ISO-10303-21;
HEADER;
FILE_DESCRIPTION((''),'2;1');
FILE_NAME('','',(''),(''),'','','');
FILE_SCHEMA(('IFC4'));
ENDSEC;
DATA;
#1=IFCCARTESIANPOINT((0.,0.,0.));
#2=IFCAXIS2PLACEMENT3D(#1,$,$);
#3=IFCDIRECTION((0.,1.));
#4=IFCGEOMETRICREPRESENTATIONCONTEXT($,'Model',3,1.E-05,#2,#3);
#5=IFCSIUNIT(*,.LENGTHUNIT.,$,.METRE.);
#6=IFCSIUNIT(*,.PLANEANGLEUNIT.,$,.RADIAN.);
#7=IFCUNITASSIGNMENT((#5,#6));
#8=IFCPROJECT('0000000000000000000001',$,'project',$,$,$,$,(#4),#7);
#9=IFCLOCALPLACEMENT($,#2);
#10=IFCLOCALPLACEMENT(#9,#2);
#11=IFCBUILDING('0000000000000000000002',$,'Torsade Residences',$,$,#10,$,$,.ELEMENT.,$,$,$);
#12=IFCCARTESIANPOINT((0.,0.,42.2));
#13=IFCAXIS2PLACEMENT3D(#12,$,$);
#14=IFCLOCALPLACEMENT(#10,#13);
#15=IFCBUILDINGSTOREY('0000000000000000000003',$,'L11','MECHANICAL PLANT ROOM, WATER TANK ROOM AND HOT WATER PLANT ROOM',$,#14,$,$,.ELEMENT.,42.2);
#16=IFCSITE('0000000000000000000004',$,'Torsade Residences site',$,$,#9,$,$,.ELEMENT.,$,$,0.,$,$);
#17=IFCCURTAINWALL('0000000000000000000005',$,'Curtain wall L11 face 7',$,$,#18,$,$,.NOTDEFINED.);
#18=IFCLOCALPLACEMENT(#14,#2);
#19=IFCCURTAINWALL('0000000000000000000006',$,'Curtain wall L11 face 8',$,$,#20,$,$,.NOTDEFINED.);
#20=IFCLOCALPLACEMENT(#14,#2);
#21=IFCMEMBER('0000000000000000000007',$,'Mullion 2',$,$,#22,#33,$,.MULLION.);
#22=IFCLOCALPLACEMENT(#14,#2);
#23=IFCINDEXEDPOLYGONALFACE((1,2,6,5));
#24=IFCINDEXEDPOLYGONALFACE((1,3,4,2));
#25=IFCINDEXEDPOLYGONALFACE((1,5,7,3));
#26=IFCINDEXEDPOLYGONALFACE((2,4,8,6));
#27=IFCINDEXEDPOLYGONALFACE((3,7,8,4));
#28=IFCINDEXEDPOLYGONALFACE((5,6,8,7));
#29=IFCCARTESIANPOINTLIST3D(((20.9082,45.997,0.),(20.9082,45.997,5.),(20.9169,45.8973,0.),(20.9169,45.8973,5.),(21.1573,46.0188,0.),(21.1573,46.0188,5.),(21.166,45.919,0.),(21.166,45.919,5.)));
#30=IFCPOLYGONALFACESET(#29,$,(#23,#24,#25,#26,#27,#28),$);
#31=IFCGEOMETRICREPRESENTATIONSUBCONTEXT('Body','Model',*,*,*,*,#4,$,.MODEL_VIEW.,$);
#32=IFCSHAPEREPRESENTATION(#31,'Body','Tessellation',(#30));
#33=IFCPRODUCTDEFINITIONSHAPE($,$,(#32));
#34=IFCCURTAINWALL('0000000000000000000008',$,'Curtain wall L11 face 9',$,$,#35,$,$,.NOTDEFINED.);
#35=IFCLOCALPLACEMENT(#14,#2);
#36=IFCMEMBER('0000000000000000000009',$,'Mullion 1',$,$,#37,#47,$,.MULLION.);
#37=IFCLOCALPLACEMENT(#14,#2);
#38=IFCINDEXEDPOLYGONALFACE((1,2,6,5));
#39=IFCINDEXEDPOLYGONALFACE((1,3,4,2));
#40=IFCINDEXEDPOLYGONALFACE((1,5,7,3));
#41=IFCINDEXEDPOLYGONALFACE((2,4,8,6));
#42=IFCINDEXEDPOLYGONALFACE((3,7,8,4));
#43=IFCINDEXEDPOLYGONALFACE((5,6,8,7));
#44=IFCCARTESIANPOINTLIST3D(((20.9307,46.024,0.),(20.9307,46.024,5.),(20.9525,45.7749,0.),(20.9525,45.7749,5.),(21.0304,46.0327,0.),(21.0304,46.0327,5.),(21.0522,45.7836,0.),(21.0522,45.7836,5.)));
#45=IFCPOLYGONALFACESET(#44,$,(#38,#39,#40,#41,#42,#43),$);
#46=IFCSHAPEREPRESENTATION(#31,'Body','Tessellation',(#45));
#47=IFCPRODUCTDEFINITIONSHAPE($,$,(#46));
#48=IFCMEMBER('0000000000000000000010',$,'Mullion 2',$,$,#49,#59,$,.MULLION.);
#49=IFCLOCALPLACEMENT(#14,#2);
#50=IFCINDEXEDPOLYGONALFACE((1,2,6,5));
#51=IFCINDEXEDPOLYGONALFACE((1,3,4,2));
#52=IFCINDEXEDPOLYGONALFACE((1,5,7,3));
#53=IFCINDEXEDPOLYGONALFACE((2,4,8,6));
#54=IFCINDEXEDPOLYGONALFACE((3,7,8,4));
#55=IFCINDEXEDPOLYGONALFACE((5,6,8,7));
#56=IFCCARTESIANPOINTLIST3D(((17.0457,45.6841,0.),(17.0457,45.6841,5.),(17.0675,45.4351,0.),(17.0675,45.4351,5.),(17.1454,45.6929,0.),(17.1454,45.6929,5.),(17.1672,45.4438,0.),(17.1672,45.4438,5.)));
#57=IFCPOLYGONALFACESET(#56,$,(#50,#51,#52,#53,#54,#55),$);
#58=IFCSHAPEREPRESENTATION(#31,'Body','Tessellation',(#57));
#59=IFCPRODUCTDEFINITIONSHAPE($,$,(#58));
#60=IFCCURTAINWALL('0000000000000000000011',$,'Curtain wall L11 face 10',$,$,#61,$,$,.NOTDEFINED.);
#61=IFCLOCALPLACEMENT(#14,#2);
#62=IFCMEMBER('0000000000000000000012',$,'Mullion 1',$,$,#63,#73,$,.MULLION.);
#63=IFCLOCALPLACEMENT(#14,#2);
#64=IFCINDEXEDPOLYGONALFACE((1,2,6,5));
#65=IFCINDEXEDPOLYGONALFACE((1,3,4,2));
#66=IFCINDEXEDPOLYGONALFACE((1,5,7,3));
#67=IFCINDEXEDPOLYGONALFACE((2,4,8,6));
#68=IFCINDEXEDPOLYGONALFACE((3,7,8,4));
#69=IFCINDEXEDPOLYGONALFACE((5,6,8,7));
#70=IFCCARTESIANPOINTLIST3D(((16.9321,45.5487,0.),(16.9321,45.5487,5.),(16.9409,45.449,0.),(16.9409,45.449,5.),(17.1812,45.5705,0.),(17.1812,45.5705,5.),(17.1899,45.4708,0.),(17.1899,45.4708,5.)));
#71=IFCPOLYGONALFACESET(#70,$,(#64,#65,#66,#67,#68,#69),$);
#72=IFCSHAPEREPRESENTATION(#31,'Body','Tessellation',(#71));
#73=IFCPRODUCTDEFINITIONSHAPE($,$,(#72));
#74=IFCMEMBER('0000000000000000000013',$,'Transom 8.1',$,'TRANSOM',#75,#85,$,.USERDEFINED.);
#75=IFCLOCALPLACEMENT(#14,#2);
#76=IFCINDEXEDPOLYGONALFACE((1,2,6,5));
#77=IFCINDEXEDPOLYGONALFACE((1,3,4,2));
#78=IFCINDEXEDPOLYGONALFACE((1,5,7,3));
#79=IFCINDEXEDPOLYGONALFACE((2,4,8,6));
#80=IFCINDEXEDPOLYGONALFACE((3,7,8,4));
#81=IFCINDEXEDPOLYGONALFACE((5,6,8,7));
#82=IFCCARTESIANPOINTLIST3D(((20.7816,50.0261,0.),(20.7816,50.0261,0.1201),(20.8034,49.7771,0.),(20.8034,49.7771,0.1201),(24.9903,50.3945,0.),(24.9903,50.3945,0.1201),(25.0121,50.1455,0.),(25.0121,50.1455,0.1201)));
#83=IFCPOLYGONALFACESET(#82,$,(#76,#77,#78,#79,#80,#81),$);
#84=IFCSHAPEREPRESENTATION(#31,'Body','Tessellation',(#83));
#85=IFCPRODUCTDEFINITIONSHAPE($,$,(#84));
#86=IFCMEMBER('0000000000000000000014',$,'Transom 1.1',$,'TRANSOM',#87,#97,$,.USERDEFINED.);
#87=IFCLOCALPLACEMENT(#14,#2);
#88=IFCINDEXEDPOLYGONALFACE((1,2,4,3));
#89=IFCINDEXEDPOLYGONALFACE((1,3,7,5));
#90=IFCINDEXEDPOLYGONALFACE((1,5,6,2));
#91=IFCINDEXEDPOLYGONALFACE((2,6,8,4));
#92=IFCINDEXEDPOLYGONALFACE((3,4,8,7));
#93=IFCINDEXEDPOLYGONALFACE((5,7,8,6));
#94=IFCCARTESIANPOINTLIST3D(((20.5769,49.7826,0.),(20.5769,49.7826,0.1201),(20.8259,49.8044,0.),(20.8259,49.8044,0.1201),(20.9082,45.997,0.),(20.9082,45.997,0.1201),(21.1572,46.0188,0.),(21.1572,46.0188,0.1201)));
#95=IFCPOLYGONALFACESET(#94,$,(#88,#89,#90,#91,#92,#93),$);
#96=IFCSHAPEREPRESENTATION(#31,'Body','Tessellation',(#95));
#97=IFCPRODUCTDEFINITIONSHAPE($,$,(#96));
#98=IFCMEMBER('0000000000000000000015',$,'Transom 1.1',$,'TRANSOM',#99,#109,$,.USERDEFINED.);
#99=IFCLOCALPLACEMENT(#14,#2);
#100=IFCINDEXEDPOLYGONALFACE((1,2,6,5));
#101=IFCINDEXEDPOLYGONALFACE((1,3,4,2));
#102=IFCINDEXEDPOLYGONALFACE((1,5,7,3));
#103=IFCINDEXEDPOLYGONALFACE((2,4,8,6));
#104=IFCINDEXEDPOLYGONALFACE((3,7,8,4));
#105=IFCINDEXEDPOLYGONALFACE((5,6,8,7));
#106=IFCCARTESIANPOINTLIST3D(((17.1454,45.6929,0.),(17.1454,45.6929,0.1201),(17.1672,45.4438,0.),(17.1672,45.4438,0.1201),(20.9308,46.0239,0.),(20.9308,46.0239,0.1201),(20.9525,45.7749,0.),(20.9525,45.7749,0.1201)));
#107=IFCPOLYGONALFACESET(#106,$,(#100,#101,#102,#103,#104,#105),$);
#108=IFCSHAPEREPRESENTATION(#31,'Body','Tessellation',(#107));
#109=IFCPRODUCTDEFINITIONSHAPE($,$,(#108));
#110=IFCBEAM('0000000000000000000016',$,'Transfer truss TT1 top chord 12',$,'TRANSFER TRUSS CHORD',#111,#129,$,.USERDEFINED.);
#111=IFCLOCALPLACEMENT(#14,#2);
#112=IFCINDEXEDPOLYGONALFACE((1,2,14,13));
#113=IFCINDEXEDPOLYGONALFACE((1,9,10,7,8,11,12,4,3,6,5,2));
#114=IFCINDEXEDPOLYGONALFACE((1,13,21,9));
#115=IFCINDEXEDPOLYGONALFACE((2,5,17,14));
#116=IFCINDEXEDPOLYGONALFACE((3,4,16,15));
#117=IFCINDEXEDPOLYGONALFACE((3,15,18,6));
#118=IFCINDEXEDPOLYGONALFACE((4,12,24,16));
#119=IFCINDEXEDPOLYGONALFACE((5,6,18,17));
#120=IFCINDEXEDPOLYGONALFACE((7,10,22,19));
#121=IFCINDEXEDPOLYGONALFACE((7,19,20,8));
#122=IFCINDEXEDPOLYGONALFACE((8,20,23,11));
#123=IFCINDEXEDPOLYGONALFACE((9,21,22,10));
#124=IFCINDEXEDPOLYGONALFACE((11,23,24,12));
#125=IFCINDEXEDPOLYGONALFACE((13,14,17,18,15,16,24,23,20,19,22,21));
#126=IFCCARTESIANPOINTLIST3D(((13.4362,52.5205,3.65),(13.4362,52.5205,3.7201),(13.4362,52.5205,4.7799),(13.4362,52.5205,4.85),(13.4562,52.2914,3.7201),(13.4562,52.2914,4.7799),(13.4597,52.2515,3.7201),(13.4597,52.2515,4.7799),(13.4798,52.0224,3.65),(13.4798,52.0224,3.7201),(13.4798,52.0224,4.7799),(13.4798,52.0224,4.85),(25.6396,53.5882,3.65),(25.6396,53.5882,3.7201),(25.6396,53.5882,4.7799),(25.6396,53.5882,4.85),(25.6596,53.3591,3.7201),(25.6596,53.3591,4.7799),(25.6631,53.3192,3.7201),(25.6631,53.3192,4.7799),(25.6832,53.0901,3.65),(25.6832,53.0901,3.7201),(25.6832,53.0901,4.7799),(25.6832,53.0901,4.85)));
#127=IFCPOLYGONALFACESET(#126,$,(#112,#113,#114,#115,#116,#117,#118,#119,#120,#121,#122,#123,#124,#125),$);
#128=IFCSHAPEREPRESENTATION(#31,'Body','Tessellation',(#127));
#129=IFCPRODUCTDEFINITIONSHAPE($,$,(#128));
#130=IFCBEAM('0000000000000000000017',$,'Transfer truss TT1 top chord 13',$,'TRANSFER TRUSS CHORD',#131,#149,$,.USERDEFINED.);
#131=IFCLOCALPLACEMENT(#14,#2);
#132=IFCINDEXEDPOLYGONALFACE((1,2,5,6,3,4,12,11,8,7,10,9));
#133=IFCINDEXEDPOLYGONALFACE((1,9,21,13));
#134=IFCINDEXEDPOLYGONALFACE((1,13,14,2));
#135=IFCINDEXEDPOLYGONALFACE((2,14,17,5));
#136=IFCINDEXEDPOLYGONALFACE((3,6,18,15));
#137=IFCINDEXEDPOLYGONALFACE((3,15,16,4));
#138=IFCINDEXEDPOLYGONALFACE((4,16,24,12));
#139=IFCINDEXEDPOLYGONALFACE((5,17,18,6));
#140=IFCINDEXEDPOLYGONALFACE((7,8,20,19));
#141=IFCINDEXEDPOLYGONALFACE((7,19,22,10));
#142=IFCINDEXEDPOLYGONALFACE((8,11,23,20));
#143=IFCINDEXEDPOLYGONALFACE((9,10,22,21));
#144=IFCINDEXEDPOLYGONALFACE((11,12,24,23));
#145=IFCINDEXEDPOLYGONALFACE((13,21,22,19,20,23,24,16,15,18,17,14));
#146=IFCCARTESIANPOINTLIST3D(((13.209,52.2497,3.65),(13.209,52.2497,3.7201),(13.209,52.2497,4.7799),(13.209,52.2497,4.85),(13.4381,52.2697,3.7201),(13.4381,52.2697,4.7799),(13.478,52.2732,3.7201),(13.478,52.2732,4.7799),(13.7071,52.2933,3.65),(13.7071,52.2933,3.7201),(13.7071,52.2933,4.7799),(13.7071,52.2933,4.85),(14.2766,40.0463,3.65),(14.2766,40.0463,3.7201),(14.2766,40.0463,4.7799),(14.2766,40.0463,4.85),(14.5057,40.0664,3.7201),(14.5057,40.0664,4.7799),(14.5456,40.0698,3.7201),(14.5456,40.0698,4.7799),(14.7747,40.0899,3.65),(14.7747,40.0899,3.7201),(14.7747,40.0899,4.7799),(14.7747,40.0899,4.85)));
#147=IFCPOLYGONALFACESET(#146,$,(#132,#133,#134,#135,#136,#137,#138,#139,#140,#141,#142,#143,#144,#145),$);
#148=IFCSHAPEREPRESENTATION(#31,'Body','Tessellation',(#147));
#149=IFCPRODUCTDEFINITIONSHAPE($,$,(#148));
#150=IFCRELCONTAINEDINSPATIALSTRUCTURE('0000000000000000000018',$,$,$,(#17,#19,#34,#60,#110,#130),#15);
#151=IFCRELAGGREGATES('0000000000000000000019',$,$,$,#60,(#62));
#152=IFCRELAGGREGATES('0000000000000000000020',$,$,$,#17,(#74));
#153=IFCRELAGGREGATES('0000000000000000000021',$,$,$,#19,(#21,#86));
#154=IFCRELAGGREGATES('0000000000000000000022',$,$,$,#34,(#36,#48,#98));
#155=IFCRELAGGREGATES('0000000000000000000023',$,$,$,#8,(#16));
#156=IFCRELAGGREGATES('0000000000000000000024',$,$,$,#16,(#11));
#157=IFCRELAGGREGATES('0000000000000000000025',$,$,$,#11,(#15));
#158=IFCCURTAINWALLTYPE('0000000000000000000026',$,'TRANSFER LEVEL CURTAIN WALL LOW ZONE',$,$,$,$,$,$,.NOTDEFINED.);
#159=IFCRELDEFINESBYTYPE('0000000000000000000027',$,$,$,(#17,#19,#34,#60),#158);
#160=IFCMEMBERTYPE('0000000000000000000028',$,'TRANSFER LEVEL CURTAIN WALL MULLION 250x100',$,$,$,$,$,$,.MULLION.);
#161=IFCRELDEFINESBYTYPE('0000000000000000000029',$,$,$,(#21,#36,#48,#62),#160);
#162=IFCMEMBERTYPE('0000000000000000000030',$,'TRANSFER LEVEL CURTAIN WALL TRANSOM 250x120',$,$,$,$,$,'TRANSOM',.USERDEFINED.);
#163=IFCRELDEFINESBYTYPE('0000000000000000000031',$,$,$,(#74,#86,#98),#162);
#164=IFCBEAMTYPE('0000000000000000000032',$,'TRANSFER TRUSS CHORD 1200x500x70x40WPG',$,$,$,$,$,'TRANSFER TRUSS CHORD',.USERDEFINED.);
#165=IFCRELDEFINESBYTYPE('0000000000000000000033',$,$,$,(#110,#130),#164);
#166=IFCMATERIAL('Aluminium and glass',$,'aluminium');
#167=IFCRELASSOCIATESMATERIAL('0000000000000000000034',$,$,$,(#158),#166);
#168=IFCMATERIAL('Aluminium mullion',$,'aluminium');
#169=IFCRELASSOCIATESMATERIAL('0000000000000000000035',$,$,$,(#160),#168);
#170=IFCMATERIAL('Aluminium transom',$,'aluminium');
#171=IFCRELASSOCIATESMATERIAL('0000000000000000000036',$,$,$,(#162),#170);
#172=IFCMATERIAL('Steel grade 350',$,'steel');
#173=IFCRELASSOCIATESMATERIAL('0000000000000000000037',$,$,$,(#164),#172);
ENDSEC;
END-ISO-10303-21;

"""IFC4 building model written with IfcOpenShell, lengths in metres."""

from ifc_helpers import new_model, si_unit, direction, frame, origin, origin_2d, place, context, subcontext, project, spatial, rectangle, i_section, extrude, material, material_profile, profile_set, type_object, element, aggregate, save


model = new_model("IFC4")

# Units and contexts
model_context = context("Model", 3, precision=1e-05, world=origin(), true_north=direction((0.0, 1.0)))
body_context = subcontext(model_context, "Body", "Model", "MODEL_VIEW")
ifc_project = project(units=[si_unit("LENGTHUNIT", "METRE"), si_unit("PLANEANGLEUNIT", "RADIAN")], contexts=[model_context])

# Site, building, storey
site_placement = place(None, origin())
site = spatial("IfcSite", under=ifc_project, at=site_placement, Name="Torsade Residences site", CompositionType="ELEMENT", RefElevation=0.0)
building_placement = place(site_placement, origin())
building = spatial("IfcBuilding", under=site, at=building_placement, Name="Torsade Residences", CompositionType="ELEMENT")
storey_placement = place(building_placement, frame((0.0, 0.0, 42.2)))
storey = spatial("IfcBuildingStorey", under=building, at=storey_placement, Name="L11", Description="MECHANICAL PLANT ROOM, WATER TANK ROOM AND HOT WATER PLANT ROOM", CompositionType="ELEMENT", Elevation=42.2)

# Curtain walls, members
ifc_material_1 = material(Name="Aluminium and glass", Category="aluminium")
curtain_wall_type = type_object("IfcCurtainWallType", Name="TRANSFER LEVEL CURTAIN WALL LOW ZONE", PredefinedType="NOTDEFINED", material=ifc_material_1)
curtain_wall_1_placement = place(storey_placement, origin())
curtain_wall_1 = element("IfcCurtainWall", 1, at=curtain_wall_1_placement, inside=storey, type_object=curtain_wall_type, Name="Curtain wall L11 face 7", PredefinedType="NOTDEFINED")
ifc_material_2 = material(Name="Aluminium mullion", Category="aluminium")
ifc_material_profile_1 = material_profile(ifc_material_2, rectangle(XDim=0.25, YDim=0.1001, at=origin_2d()), Name="TRANSFER LEVEL CURTAIN WALL MULLION 250x100")
ifc_profile_set_1 = profile_set([ifc_material_profile_1], Name="Aluminium mullion")
member_type_1 = type_object("IfcMemberType", Name="TRANSFER LEVEL CURTAIN WALL MULLION 250x100", PredefinedType="MULLION", material=ifc_profile_set_1)
curtain_wall_2_placement = place(storey_placement, origin())
curtain_wall_2 = element("IfcCurtainWall", 2, at=curtain_wall_2_placement, inside=storey, type_object=curtain_wall_type, Name="Curtain wall L11 face 8", PredefinedType="NOTDEFINED")
member_1_placement = place(storey_placement, frame((21.0371, 45.958, 0.0), z_axis=(0.0, 0.0, 1.0), x_axis=(0.996195, 0.087156, 0.0)))
member_1 = element("IfcMember", 3, at=member_1_placement, type_object=member_type_1, Name="Mullion 2", PredefinedType="MULLION", context=body_context, shape_type="SweptSolid", body=[
    extrude(rectangle(XDim=0.25, YDim=0.1001, at=origin_2d()), origin(), (0.0, 0.0, 1.0), 5.0),
])
curtain_wall_3_placement = place(storey_placement, origin())
curtain_wall_3 = element("IfcCurtainWall", 4, at=curtain_wall_3_placement, inside=storey, type_object=curtain_wall_type, Name="Curtain wall L11 face 9", PredefinedType="NOTDEFINED")
member_2_placement = place(storey_placement, frame((20.9915, 45.9038, 0.0), z_axis=(0.0, 0.0, 1.0), x_axis=(0.087156, -0.996195, 0.0)))
member_2 = element("IfcMember", 5, at=member_2_placement, type_object=member_type_1, Name="Mullion 1", PredefinedType="MULLION", context=body_context, shape_type="SweptSolid", body=[
    extrude(rectangle(XDim=0.25, YDim=0.1001, at=origin_2d()), origin(), (0.0, 0.0, 1.0), 5.0),
])
member_3_placement = place(storey_placement, frame((17.1064, 45.564, 0.0), z_axis=(0.0, 0.0, 1.0), x_axis=(0.087156, -0.996195, 0.0)))
member_3 = element("IfcMember", 6, at=member_3_placement, type_object=member_type_1, Name="Mullion 2", PredefinedType="MULLION", context=body_context, shape_type="SweptSolid", body=[
    extrude(rectangle(XDim=0.25, YDim=0.1001, at=origin_2d()), origin(), (0.0, 0.0, 1.0), 5.0),
])

# Curtain wall, member
curtain_wall_4_placement = place(storey_placement, origin())
curtain_wall_4 = element("IfcCurtainWall", 7, at=curtain_wall_4_placement, inside=storey, type_object=curtain_wall_type, Name="Curtain wall L11 face 10", PredefinedType="NOTDEFINED")
member_4_placement = place(storey_placement, frame((17.061, 45.5098, 0.0), z_axis=(0.0, 0.0, 1.0), x_axis=(0.996195, 0.087156, 0.0)))
member_4 = element("IfcMember", 8, at=member_4_placement, type_object=member_type_1, Name="Mullion 1", PredefinedType="MULLION", context=body_context, shape_type="SweptSolid", body=[
    extrude(rectangle(XDim=0.25, YDim=0.1001, at=origin_2d()), origin(), (0.0, 0.0, 1.0), 5.0),
])
aggregate(curtain_wall_4, [member_4])

# Members
ifc_material_3 = material(Name="Aluminium transom", Category="aluminium")
ifc_material_profile_2 = material_profile(ifc_material_3, rectangle(XDim=0.25, YDim=0.1201, at=origin_2d()), Name="TRANSFER LEVEL CURTAIN WALL TRANSOM 250x120")
ifc_profile_set_2 = profile_set([ifc_material_profile_2], Name="Aluminium transom")
member_type_2 = type_object("IfcMemberType", Name="TRANSFER LEVEL CURTAIN WALL TRANSOM 250x120", ElementType="TRANSOM", PredefinedType="USERDEFINED", material=ifc_profile_set_2)
member_5_placement = place(storey_placement, frame((25.0012, 50.27, 0.0601), z_axis=(-0.996191, -0.087201, 0.0), x_axis=(0.087201, -0.996191, 0.0)))
member_5 = element("IfcMember", 9, at=member_5_placement, type_object=member_type_2, Name="Transom 8.1", ObjectType="TRANSOM", PredefinedType="USERDEFINED", context=body_context, shape_type="SweptSolid", body=[
    extrude(rectangle(XDim=0.25, YDim=0.1201, at=origin_2d()), origin(), (0.0, 0.0, 1.0), 4.2249),
])
member_6_placement = place(storey_placement, frame((20.7014, 49.7935, 0.0601), z_axis=(0.087181, -0.996192, 0.0), x_axis=(0.996192, 0.087181, 0.0)))
member_6 = element("IfcMember", 10, at=member_6_placement, type_object=member_type_2, Name="Transom 1.1", ObjectType="TRANSOM", PredefinedType="USERDEFINED", context=body_context, shape_type="SweptSolid", body=[
    extrude(rectangle(XDim=0.25, YDim=0.1201, at=origin_2d()), origin(), (0.0, 0.0, 1.0), 3.8),
])
member_7_placement = place(storey_placement, frame((20.9417, 45.8994, 0.0601), z_axis=(-0.996198, -0.087123, 0.0), x_axis=(0.087123, -0.996198, 0.0)))
member_7 = element("IfcMember", 11, at=member_7_placement, type_object=member_type_2, Name="Transom 1.1", ObjectType="TRANSOM", PredefinedType="USERDEFINED", context=body_context, shape_type="SweptSolid", body=[
    extrude(rectangle(XDim=0.25, YDim=0.1201, at=origin_2d()), origin(), (0.0, 0.0, 1.0), 3.7998),
])

# Beams
ifc_material_4 = material(Name="Steel grade 350", Category="steel")
ifc_material_profile_3 = material_profile(ifc_material_4, i_section(OverallWidth=0.5, OverallDepth=1.2, WebThickness=0.04, FlangeThickness=0.0701, at=origin_2d()), Name="1200x500x70x40WPG")
ifc_profile_set_3 = profile_set([ifc_material_profile_3], Name="Steel grade 350")
beam_type_1 = type_object("IfcBeamType", Name="TRANSFER TRUSS CHORD 1200x500x70x40WPG", ElementType="TRANSFER TRUSS CHORD", PredefinedType="USERDEFINED", material=ifc_profile_set_3)
for number, where, z_axis, x_axis, name in (
    (12, (25.6614, 53.3391, 4.25), (-0.996195, -0.087153, 0.0), (0.087153, -0.996195, 0.0), "Transfer truss TT1 top chord 12"),
    (13, (13.458, 52.2715, 4.25), (0.087153, -0.996195, 0.0), (0.996195, 0.087153, 0.0), "Transfer truss TT1 top chord 13"),
):
    element("IfcBeam", number, at=place(storey_placement, frame(where, z_axis=z_axis, x_axis=x_axis)), inside=storey, type_object=beam_type_1, Name=name, ObjectType="TRANSFER TRUSS CHORD", PredefinedType="USERDEFINED", context=body_context, shape_type="SweptSolid", body=[
        extrude(i_section(OverallWidth=0.5, OverallDepth=1.2, WebThickness=0.04, FlangeThickness=0.0701, at=origin_2d()), origin(), (0.0, 0.0, 1.0), 12.25),
    ])

aggregate(curtain_wall_1, [member_5])
aggregate(curtain_wall_2, [member_1, member_6])
aggregate(curtain_wall_3, [member_2, member_3, member_7])

save(model, "model.ifc")
